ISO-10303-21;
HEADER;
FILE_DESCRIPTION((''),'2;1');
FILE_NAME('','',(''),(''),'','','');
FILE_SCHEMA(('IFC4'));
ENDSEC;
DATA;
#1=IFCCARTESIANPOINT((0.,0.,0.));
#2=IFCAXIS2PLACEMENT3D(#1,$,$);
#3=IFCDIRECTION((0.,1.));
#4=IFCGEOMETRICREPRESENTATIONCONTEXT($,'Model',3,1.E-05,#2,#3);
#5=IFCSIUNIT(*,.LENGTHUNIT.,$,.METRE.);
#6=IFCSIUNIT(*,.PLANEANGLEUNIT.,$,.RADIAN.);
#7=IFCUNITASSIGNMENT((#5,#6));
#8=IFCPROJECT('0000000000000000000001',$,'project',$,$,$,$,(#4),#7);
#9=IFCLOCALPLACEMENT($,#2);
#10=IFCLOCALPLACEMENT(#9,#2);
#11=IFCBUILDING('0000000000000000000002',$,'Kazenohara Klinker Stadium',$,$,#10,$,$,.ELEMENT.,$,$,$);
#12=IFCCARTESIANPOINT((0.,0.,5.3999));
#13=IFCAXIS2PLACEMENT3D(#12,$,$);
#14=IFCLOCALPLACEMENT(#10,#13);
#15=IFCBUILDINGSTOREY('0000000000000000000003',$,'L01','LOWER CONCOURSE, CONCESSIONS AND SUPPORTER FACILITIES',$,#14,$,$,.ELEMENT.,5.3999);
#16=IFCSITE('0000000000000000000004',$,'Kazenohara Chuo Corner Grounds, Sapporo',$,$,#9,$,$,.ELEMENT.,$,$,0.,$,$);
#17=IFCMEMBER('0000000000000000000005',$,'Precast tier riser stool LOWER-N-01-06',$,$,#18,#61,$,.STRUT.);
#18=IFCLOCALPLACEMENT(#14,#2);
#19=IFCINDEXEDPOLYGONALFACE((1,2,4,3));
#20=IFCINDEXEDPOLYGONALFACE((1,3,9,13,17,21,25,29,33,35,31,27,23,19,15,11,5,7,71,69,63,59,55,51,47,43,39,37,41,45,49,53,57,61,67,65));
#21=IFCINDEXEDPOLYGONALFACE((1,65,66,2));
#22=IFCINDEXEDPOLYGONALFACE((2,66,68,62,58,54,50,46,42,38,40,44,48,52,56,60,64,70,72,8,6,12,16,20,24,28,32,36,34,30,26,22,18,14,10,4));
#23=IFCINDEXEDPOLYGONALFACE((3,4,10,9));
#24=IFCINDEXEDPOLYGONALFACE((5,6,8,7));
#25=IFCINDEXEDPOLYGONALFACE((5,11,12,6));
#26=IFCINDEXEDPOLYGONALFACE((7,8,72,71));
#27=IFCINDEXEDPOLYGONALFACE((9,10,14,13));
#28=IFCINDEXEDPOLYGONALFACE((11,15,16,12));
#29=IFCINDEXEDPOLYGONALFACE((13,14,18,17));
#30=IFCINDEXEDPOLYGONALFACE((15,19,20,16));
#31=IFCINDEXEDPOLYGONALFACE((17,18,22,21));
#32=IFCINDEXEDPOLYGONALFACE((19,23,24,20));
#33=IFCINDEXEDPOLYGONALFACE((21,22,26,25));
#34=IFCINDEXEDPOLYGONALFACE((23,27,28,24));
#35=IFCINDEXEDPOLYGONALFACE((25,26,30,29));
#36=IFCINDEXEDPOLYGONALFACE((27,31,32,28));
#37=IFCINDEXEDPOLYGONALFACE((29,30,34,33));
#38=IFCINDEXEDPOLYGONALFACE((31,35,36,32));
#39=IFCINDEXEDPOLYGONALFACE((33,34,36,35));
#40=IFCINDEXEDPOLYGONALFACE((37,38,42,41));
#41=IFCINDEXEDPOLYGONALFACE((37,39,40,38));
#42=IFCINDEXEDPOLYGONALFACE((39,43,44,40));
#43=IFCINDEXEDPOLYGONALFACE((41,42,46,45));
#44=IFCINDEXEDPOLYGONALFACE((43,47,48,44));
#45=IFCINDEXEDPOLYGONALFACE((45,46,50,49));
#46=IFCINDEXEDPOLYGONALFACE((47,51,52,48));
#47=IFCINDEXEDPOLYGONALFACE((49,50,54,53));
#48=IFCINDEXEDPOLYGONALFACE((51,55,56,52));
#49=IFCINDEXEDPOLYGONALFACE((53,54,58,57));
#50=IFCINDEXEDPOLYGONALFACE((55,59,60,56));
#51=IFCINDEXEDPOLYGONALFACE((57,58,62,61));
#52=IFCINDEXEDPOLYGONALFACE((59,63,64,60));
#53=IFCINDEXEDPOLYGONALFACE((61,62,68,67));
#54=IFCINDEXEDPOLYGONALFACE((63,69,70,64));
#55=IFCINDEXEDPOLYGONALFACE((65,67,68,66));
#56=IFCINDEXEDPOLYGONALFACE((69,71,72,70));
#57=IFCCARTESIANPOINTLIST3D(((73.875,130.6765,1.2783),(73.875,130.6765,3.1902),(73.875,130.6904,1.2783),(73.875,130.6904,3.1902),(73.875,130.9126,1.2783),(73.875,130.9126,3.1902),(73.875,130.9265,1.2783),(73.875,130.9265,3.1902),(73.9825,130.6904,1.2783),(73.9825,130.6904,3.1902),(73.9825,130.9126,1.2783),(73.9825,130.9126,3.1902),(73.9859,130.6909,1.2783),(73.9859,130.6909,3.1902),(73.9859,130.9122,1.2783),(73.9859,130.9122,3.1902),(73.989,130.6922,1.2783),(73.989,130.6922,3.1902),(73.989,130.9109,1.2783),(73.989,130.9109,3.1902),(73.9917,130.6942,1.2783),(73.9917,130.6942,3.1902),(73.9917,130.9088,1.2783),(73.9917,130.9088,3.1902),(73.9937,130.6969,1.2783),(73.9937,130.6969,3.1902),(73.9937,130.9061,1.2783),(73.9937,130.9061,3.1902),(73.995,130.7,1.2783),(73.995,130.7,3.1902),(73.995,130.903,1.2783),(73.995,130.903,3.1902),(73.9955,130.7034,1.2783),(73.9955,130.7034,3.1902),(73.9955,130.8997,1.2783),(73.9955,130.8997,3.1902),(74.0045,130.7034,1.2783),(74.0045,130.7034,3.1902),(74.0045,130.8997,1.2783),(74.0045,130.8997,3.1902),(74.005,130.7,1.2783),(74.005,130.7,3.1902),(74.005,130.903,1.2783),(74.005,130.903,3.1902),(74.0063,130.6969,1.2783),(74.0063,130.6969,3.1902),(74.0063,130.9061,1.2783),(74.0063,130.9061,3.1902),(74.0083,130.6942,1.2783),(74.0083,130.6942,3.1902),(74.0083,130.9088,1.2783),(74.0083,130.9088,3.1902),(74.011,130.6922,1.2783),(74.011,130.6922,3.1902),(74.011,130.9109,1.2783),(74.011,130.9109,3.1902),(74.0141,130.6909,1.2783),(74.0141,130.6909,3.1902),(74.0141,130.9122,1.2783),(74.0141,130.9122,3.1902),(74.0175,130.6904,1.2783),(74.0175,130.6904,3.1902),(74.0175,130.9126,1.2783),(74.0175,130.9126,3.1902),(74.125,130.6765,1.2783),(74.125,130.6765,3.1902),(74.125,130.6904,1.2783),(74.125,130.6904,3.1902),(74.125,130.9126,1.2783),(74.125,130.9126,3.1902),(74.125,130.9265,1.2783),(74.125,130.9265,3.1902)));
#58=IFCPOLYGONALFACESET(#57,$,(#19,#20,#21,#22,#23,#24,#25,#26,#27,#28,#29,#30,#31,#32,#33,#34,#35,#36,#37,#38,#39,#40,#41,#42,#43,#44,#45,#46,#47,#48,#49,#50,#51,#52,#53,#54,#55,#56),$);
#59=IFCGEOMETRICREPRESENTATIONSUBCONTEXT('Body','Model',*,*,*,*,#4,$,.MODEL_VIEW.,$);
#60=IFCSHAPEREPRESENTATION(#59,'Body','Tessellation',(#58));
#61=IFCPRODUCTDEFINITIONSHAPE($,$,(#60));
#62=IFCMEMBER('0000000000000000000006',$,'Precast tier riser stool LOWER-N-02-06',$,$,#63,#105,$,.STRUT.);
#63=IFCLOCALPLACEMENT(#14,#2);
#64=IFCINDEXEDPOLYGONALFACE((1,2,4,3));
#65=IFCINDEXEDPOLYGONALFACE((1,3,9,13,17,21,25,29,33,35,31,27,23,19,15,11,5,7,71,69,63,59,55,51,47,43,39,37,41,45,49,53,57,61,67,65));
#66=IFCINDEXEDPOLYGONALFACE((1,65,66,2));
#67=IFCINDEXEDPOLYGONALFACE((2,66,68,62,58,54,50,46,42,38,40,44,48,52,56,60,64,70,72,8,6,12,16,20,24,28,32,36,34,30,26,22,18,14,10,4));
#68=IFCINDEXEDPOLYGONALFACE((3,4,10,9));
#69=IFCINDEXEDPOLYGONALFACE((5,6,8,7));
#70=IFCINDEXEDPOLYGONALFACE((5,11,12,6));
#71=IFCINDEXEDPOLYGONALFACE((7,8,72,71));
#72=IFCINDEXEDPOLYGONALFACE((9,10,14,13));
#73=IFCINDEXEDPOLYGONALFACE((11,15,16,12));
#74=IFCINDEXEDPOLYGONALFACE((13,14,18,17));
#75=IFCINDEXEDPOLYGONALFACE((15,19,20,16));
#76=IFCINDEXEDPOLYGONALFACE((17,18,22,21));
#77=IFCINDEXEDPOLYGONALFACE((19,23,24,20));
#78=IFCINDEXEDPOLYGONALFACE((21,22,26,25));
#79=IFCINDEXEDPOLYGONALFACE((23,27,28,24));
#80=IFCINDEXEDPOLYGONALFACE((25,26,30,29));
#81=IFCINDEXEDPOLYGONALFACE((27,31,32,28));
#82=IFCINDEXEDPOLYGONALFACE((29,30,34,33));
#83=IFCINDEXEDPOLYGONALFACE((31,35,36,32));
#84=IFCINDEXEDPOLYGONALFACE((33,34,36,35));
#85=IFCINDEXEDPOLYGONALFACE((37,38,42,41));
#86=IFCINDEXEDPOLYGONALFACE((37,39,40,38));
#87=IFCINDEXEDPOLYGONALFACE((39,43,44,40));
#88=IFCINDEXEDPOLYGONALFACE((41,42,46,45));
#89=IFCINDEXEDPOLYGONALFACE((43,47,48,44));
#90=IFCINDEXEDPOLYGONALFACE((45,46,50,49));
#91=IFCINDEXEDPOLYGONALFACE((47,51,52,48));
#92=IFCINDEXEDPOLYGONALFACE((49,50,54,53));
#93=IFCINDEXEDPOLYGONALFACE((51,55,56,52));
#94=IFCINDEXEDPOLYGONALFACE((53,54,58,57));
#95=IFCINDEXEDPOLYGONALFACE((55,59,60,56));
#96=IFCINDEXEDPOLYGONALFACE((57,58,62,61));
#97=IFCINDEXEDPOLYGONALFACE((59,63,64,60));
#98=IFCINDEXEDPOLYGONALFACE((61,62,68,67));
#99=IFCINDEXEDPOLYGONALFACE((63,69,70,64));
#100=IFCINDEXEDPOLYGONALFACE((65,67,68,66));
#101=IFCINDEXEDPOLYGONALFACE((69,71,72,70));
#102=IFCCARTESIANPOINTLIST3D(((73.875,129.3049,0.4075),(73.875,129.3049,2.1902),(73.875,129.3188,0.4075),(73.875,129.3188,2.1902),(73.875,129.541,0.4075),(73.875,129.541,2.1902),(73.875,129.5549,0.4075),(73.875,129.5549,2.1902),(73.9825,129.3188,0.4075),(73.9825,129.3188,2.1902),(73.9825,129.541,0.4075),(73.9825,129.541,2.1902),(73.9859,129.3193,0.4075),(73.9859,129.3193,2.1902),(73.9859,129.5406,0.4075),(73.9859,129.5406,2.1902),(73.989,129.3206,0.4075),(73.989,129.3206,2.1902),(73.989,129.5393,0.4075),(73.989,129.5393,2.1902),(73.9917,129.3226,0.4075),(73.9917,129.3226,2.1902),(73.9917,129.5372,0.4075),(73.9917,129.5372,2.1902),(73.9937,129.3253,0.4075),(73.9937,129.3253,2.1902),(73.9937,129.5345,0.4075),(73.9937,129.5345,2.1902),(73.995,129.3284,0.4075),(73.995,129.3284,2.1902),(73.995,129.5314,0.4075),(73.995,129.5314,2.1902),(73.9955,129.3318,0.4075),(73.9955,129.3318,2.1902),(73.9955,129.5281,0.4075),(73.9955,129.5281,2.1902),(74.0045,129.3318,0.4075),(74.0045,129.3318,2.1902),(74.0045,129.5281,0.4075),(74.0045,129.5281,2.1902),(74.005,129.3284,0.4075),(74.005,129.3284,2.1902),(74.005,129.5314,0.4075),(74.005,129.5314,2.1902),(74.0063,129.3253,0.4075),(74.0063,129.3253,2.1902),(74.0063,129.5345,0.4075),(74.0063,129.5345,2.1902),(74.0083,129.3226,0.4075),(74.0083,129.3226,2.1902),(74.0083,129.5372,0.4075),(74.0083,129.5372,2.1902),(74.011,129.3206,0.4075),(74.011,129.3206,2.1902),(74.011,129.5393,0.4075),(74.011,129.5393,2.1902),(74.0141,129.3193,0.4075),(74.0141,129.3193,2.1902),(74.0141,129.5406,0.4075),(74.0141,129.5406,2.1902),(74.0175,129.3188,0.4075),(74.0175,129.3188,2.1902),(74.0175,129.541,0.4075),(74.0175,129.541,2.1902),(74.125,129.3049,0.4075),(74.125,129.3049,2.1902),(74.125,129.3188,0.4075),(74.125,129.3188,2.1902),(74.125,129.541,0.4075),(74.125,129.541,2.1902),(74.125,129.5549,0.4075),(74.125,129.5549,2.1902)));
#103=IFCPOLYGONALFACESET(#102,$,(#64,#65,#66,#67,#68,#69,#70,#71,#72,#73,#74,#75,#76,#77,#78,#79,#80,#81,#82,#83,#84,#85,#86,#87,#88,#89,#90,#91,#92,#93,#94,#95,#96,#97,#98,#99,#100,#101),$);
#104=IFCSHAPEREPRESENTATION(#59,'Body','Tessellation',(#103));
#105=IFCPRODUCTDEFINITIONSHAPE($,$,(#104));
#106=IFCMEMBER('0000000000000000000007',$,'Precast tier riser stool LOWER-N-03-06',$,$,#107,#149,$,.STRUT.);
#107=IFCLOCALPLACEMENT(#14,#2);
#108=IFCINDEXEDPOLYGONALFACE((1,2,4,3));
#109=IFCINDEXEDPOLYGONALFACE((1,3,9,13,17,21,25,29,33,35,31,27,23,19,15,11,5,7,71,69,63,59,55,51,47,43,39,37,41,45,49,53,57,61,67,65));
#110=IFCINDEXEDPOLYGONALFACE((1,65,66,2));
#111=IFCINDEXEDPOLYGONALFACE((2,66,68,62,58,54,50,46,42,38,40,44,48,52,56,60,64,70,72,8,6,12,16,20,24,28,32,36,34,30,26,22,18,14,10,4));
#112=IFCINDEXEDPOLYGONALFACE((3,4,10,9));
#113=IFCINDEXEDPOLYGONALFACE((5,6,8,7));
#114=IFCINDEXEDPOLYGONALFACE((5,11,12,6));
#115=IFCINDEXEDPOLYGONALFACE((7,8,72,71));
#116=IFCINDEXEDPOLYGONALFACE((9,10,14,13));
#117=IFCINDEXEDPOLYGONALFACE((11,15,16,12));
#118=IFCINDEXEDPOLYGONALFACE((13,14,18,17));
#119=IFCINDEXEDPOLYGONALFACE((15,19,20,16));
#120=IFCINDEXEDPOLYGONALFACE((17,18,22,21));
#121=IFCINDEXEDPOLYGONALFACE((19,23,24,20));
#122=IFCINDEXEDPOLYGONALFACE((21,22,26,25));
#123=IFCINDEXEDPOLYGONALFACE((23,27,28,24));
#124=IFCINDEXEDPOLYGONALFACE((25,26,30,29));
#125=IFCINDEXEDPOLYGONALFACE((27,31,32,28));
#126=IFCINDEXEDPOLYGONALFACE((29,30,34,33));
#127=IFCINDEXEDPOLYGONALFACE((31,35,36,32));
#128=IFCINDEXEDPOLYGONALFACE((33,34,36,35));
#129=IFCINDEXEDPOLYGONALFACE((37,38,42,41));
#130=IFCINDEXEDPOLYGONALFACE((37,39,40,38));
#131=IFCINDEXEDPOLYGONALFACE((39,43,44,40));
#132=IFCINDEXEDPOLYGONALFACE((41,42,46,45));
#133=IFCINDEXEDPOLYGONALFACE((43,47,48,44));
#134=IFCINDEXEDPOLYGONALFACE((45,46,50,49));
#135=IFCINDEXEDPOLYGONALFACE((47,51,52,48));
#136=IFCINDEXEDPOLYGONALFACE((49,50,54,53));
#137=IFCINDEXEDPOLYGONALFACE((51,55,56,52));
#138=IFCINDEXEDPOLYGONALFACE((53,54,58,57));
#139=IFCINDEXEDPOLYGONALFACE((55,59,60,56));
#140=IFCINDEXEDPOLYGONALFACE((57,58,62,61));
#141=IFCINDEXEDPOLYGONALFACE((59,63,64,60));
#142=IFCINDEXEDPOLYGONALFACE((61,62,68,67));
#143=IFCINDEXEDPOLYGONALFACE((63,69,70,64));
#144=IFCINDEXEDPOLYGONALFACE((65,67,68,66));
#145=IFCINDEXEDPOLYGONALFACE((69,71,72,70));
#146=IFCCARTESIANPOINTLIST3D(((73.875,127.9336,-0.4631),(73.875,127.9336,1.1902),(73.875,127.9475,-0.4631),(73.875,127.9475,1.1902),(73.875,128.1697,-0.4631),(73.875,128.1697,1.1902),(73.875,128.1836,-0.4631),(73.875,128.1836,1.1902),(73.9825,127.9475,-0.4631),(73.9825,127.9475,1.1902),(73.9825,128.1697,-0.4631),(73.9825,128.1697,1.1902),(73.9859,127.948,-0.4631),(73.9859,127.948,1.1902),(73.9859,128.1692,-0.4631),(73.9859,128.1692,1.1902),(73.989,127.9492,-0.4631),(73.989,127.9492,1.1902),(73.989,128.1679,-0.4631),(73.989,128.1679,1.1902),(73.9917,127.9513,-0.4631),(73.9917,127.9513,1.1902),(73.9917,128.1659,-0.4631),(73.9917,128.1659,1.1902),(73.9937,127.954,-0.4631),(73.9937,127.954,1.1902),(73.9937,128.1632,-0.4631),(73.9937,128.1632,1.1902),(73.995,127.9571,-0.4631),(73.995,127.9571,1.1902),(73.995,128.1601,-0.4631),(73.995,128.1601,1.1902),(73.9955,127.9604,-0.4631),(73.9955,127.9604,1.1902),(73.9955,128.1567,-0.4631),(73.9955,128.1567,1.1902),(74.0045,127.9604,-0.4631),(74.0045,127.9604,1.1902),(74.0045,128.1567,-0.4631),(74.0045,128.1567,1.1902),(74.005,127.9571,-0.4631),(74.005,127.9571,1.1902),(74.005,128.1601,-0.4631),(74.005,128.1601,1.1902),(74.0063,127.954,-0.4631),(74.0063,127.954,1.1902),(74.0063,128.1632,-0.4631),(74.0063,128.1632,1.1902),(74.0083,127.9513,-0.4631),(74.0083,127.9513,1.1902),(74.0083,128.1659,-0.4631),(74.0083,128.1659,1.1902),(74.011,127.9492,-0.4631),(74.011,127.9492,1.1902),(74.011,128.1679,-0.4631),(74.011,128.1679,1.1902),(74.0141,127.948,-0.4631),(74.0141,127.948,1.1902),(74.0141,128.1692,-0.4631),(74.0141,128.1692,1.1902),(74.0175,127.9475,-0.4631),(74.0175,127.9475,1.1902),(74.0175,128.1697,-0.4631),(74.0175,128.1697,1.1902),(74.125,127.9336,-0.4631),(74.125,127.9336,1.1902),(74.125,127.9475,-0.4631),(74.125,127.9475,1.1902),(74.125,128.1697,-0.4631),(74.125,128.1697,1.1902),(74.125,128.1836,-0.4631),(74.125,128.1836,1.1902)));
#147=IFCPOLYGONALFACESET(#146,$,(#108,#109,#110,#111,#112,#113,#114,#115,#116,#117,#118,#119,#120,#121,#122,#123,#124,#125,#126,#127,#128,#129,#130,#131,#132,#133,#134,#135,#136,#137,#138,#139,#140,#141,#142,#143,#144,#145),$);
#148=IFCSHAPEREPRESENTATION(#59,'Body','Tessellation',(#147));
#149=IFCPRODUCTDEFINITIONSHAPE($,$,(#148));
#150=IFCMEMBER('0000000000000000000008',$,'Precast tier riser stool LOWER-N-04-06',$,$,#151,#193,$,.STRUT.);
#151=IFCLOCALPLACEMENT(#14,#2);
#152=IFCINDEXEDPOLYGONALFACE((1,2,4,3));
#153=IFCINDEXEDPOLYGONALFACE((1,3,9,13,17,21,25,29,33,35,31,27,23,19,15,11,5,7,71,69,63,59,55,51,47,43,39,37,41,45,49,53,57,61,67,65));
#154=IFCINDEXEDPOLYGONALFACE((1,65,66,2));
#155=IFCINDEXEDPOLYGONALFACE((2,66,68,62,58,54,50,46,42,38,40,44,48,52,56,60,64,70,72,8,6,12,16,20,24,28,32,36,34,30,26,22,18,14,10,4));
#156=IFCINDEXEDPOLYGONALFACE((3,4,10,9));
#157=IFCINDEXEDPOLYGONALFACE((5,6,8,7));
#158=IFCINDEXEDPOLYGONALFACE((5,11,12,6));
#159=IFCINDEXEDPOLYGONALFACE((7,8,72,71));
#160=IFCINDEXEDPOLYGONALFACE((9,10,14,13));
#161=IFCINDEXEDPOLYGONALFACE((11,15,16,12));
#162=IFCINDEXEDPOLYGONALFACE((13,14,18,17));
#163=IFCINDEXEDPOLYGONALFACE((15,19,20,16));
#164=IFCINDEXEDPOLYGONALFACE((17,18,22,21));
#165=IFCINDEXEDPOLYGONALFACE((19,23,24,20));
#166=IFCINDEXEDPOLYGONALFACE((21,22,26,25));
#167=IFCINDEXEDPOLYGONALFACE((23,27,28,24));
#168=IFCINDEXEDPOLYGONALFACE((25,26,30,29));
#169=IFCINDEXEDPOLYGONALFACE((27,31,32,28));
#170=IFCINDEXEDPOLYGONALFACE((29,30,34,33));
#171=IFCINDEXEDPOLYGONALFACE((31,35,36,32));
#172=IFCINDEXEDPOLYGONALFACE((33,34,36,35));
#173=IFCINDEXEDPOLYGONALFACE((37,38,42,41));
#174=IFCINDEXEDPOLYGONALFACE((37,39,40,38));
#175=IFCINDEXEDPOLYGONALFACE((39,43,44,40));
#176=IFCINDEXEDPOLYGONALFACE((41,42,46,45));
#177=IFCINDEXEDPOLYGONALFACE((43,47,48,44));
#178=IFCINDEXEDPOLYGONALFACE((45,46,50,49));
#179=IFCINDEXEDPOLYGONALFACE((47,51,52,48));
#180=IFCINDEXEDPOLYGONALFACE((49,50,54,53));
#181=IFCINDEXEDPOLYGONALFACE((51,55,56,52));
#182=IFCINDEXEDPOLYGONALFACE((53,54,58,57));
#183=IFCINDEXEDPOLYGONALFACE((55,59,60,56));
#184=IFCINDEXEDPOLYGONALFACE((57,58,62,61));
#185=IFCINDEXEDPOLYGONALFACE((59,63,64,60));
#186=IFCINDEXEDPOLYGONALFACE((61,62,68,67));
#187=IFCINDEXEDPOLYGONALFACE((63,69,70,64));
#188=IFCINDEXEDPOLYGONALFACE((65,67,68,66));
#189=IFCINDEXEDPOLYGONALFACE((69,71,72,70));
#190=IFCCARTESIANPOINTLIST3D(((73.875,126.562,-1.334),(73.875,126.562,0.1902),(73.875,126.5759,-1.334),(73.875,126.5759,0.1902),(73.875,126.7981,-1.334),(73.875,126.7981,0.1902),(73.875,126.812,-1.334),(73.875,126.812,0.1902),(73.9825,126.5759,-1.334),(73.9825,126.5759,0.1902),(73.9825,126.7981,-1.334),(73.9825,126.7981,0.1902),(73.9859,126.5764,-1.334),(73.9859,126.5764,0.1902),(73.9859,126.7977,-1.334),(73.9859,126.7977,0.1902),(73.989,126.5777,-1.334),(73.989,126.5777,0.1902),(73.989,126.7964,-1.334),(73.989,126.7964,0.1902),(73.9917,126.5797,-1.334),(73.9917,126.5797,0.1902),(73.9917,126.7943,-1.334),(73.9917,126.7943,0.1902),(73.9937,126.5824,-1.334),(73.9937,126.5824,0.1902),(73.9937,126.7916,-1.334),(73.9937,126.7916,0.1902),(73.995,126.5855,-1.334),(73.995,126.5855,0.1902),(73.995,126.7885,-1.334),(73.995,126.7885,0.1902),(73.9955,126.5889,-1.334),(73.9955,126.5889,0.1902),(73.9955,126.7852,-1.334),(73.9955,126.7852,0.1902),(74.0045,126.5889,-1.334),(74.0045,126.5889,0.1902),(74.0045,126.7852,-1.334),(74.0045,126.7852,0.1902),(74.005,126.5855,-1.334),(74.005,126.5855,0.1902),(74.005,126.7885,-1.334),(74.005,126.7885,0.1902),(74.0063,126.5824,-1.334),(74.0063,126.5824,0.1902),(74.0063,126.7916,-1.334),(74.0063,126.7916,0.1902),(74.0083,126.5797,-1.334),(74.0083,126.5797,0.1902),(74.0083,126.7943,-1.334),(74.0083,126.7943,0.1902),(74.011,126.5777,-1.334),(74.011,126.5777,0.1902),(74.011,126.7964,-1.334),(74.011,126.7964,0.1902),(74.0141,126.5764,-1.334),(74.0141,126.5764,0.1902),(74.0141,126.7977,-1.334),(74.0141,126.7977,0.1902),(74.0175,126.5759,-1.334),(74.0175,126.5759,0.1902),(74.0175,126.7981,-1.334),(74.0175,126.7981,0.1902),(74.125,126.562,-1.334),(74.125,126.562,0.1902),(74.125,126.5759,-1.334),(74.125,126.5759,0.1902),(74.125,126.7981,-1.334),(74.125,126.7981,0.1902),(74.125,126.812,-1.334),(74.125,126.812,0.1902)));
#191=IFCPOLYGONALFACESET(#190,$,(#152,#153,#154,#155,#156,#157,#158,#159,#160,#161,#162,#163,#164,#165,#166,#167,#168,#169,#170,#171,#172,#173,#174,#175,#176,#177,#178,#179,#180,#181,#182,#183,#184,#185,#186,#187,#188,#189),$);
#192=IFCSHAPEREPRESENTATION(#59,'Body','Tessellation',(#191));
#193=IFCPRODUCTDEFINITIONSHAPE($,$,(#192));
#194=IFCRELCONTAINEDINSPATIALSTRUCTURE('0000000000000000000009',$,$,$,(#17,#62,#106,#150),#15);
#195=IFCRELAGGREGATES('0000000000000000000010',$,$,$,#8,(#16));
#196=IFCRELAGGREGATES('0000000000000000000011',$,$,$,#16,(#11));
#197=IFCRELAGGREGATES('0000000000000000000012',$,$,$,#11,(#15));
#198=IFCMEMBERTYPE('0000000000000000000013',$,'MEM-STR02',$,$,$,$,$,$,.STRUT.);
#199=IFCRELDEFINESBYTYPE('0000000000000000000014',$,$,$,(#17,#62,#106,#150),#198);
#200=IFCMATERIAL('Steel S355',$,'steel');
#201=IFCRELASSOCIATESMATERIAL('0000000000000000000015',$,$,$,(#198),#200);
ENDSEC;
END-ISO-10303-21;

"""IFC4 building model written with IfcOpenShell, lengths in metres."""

from ifc_helpers import new_model, si_unit, direction, frame, origin, origin_2d, place, context, subcontext, project, spatial, i_section, extrude, material, material_profile, profile_set, type_object, element, save


model = new_model("IFC4")

# Units and contexts
model_context = context("Model", 3, precision=1e-05, world=origin(), true_north=direction((0.0, 1.0)))
body_context = subcontext(model_context, "Body", "Model", "MODEL_VIEW")
ifc_project = project(units=[si_unit("LENGTHUNIT", "METRE"), si_unit("PLANEANGLEUNIT", "RADIAN")], contexts=[model_context])

# Site, building, storey
site_placement = place(None, origin())
site = spatial("IfcSite", under=ifc_project, at=site_placement, Name="Kazenohara Chuo Corner Grounds, Sapporo", CompositionType="ELEMENT", RefElevation=0.0)
building_placement = place(site_placement, origin())
building = spatial("IfcBuilding", under=site, at=building_placement, Name="Kazenohara Klinker Stadium", CompositionType="ELEMENT")
storey_placement = place(building_placement, frame((0.0, 0.0, 5.3999)))
storey = spatial("IfcBuildingStorey", under=building, at=storey_placement, Name="L01", Description="LOWER CONCOURSE, CONCESSIONS AND SUPPORTER FACILITIES", CompositionType="ELEMENT", Elevation=5.3999)

# Shared definitions
ifc_material_1 = material(Name="Steel S355", Category="steel")

# Members
ifc_material_profile_1 = material_profile(ifc_material_1, i_section(OverallWidth=0.25, OverallDepth=0.25, WebThickness=0.009, FlangeThickness=0.0139, FilletRadius=0.0129, at=origin_2d()), Name="H-250x250x9x14")
ifc_profile_set_1 = profile_set([ifc_material_profile_1], Name="Steel S355")
member_type_1 = type_object("IfcMemberType", Name="MEM-STR02", PredefinedType="STRUT", material=ifc_profile_set_1)
member_1_placement = place(storey_placement, frame((74.0, 130.8015, 1.2783), z_axis=(0.0, 0.0, 1.0), x_axis=(1.0, 0.0, 0.0)))
element("IfcMember", 1, at=member_1_placement, inside=storey, type_object=member_type_1, Name="Precast tier riser stool LOWER-N-01-06", PredefinedType="STRUT", context=body_context, shape_type="SweptSolid", body=[
    extrude(i_section(OverallWidth=0.25, OverallDepth=0.25, WebThickness=0.009, FlangeThickness=0.0139, FilletRadius=0.0129, at=origin_2d()), origin(), (0.0, 0.0, 1.0), 1.9119),
])
member_2_placement = place(storey_placement, frame((74.0, 129.4299, 0.4075), z_axis=(0.0, 0.0, 1.0), x_axis=(1.0, 0.0, 0.0)))
element("IfcMember", 2, at=member_2_placement, inside=storey, type_object=member_type_1, Name="Precast tier riser stool LOWER-N-02-06", PredefinedType="STRUT", context=body_context, shape_type="SweptSolid", body=[
    extrude(i_section(OverallWidth=0.25, OverallDepth=0.25, WebThickness=0.009, FlangeThickness=0.0139, FilletRadius=0.0129, at=origin_2d()), origin(), (0.0, 0.0, 1.0), 1.7827),
])
member_3_placement = place(storey_placement, frame((74.0, 128.0586, -0.4631), z_axis=(0.0, 0.0, 1.0), x_axis=(1.0, 0.0, 0.0)))
element("IfcMember", 3, at=member_3_placement, inside=storey, type_object=member_type_1, Name="Precast tier riser stool LOWER-N-03-06", PredefinedType="STRUT", context=body_context, shape_type="SweptSolid", body=[
    extrude(i_section(OverallWidth=0.25, OverallDepth=0.25, WebThickness=0.009, FlangeThickness=0.0139, FilletRadius=0.0129, at=origin_2d()), origin(), (0.0, 0.0, 1.0), 1.6533),
])
member_4_placement = place(storey_placement, frame((74.0, 126.687, -1.334), z_axis=(0.0, 0.0, 1.0), x_axis=(1.0, 0.0, 0.0)))
element("IfcMember", 4, at=member_4_placement, inside=storey, type_object=member_type_1, Name="Precast tier riser stool LOWER-N-04-06", PredefinedType="STRUT", context=body_context, shape_type="SweptSolid", body=[
    extrude(i_section(OverallWidth=0.25, OverallDepth=0.25, WebThickness=0.009, FlangeThickness=0.0139, FilletRadius=0.0129, at=origin_2d()), origin(), (0.0, 0.0, 1.0), 1.5242),
])

save(model, "model.ifc")
